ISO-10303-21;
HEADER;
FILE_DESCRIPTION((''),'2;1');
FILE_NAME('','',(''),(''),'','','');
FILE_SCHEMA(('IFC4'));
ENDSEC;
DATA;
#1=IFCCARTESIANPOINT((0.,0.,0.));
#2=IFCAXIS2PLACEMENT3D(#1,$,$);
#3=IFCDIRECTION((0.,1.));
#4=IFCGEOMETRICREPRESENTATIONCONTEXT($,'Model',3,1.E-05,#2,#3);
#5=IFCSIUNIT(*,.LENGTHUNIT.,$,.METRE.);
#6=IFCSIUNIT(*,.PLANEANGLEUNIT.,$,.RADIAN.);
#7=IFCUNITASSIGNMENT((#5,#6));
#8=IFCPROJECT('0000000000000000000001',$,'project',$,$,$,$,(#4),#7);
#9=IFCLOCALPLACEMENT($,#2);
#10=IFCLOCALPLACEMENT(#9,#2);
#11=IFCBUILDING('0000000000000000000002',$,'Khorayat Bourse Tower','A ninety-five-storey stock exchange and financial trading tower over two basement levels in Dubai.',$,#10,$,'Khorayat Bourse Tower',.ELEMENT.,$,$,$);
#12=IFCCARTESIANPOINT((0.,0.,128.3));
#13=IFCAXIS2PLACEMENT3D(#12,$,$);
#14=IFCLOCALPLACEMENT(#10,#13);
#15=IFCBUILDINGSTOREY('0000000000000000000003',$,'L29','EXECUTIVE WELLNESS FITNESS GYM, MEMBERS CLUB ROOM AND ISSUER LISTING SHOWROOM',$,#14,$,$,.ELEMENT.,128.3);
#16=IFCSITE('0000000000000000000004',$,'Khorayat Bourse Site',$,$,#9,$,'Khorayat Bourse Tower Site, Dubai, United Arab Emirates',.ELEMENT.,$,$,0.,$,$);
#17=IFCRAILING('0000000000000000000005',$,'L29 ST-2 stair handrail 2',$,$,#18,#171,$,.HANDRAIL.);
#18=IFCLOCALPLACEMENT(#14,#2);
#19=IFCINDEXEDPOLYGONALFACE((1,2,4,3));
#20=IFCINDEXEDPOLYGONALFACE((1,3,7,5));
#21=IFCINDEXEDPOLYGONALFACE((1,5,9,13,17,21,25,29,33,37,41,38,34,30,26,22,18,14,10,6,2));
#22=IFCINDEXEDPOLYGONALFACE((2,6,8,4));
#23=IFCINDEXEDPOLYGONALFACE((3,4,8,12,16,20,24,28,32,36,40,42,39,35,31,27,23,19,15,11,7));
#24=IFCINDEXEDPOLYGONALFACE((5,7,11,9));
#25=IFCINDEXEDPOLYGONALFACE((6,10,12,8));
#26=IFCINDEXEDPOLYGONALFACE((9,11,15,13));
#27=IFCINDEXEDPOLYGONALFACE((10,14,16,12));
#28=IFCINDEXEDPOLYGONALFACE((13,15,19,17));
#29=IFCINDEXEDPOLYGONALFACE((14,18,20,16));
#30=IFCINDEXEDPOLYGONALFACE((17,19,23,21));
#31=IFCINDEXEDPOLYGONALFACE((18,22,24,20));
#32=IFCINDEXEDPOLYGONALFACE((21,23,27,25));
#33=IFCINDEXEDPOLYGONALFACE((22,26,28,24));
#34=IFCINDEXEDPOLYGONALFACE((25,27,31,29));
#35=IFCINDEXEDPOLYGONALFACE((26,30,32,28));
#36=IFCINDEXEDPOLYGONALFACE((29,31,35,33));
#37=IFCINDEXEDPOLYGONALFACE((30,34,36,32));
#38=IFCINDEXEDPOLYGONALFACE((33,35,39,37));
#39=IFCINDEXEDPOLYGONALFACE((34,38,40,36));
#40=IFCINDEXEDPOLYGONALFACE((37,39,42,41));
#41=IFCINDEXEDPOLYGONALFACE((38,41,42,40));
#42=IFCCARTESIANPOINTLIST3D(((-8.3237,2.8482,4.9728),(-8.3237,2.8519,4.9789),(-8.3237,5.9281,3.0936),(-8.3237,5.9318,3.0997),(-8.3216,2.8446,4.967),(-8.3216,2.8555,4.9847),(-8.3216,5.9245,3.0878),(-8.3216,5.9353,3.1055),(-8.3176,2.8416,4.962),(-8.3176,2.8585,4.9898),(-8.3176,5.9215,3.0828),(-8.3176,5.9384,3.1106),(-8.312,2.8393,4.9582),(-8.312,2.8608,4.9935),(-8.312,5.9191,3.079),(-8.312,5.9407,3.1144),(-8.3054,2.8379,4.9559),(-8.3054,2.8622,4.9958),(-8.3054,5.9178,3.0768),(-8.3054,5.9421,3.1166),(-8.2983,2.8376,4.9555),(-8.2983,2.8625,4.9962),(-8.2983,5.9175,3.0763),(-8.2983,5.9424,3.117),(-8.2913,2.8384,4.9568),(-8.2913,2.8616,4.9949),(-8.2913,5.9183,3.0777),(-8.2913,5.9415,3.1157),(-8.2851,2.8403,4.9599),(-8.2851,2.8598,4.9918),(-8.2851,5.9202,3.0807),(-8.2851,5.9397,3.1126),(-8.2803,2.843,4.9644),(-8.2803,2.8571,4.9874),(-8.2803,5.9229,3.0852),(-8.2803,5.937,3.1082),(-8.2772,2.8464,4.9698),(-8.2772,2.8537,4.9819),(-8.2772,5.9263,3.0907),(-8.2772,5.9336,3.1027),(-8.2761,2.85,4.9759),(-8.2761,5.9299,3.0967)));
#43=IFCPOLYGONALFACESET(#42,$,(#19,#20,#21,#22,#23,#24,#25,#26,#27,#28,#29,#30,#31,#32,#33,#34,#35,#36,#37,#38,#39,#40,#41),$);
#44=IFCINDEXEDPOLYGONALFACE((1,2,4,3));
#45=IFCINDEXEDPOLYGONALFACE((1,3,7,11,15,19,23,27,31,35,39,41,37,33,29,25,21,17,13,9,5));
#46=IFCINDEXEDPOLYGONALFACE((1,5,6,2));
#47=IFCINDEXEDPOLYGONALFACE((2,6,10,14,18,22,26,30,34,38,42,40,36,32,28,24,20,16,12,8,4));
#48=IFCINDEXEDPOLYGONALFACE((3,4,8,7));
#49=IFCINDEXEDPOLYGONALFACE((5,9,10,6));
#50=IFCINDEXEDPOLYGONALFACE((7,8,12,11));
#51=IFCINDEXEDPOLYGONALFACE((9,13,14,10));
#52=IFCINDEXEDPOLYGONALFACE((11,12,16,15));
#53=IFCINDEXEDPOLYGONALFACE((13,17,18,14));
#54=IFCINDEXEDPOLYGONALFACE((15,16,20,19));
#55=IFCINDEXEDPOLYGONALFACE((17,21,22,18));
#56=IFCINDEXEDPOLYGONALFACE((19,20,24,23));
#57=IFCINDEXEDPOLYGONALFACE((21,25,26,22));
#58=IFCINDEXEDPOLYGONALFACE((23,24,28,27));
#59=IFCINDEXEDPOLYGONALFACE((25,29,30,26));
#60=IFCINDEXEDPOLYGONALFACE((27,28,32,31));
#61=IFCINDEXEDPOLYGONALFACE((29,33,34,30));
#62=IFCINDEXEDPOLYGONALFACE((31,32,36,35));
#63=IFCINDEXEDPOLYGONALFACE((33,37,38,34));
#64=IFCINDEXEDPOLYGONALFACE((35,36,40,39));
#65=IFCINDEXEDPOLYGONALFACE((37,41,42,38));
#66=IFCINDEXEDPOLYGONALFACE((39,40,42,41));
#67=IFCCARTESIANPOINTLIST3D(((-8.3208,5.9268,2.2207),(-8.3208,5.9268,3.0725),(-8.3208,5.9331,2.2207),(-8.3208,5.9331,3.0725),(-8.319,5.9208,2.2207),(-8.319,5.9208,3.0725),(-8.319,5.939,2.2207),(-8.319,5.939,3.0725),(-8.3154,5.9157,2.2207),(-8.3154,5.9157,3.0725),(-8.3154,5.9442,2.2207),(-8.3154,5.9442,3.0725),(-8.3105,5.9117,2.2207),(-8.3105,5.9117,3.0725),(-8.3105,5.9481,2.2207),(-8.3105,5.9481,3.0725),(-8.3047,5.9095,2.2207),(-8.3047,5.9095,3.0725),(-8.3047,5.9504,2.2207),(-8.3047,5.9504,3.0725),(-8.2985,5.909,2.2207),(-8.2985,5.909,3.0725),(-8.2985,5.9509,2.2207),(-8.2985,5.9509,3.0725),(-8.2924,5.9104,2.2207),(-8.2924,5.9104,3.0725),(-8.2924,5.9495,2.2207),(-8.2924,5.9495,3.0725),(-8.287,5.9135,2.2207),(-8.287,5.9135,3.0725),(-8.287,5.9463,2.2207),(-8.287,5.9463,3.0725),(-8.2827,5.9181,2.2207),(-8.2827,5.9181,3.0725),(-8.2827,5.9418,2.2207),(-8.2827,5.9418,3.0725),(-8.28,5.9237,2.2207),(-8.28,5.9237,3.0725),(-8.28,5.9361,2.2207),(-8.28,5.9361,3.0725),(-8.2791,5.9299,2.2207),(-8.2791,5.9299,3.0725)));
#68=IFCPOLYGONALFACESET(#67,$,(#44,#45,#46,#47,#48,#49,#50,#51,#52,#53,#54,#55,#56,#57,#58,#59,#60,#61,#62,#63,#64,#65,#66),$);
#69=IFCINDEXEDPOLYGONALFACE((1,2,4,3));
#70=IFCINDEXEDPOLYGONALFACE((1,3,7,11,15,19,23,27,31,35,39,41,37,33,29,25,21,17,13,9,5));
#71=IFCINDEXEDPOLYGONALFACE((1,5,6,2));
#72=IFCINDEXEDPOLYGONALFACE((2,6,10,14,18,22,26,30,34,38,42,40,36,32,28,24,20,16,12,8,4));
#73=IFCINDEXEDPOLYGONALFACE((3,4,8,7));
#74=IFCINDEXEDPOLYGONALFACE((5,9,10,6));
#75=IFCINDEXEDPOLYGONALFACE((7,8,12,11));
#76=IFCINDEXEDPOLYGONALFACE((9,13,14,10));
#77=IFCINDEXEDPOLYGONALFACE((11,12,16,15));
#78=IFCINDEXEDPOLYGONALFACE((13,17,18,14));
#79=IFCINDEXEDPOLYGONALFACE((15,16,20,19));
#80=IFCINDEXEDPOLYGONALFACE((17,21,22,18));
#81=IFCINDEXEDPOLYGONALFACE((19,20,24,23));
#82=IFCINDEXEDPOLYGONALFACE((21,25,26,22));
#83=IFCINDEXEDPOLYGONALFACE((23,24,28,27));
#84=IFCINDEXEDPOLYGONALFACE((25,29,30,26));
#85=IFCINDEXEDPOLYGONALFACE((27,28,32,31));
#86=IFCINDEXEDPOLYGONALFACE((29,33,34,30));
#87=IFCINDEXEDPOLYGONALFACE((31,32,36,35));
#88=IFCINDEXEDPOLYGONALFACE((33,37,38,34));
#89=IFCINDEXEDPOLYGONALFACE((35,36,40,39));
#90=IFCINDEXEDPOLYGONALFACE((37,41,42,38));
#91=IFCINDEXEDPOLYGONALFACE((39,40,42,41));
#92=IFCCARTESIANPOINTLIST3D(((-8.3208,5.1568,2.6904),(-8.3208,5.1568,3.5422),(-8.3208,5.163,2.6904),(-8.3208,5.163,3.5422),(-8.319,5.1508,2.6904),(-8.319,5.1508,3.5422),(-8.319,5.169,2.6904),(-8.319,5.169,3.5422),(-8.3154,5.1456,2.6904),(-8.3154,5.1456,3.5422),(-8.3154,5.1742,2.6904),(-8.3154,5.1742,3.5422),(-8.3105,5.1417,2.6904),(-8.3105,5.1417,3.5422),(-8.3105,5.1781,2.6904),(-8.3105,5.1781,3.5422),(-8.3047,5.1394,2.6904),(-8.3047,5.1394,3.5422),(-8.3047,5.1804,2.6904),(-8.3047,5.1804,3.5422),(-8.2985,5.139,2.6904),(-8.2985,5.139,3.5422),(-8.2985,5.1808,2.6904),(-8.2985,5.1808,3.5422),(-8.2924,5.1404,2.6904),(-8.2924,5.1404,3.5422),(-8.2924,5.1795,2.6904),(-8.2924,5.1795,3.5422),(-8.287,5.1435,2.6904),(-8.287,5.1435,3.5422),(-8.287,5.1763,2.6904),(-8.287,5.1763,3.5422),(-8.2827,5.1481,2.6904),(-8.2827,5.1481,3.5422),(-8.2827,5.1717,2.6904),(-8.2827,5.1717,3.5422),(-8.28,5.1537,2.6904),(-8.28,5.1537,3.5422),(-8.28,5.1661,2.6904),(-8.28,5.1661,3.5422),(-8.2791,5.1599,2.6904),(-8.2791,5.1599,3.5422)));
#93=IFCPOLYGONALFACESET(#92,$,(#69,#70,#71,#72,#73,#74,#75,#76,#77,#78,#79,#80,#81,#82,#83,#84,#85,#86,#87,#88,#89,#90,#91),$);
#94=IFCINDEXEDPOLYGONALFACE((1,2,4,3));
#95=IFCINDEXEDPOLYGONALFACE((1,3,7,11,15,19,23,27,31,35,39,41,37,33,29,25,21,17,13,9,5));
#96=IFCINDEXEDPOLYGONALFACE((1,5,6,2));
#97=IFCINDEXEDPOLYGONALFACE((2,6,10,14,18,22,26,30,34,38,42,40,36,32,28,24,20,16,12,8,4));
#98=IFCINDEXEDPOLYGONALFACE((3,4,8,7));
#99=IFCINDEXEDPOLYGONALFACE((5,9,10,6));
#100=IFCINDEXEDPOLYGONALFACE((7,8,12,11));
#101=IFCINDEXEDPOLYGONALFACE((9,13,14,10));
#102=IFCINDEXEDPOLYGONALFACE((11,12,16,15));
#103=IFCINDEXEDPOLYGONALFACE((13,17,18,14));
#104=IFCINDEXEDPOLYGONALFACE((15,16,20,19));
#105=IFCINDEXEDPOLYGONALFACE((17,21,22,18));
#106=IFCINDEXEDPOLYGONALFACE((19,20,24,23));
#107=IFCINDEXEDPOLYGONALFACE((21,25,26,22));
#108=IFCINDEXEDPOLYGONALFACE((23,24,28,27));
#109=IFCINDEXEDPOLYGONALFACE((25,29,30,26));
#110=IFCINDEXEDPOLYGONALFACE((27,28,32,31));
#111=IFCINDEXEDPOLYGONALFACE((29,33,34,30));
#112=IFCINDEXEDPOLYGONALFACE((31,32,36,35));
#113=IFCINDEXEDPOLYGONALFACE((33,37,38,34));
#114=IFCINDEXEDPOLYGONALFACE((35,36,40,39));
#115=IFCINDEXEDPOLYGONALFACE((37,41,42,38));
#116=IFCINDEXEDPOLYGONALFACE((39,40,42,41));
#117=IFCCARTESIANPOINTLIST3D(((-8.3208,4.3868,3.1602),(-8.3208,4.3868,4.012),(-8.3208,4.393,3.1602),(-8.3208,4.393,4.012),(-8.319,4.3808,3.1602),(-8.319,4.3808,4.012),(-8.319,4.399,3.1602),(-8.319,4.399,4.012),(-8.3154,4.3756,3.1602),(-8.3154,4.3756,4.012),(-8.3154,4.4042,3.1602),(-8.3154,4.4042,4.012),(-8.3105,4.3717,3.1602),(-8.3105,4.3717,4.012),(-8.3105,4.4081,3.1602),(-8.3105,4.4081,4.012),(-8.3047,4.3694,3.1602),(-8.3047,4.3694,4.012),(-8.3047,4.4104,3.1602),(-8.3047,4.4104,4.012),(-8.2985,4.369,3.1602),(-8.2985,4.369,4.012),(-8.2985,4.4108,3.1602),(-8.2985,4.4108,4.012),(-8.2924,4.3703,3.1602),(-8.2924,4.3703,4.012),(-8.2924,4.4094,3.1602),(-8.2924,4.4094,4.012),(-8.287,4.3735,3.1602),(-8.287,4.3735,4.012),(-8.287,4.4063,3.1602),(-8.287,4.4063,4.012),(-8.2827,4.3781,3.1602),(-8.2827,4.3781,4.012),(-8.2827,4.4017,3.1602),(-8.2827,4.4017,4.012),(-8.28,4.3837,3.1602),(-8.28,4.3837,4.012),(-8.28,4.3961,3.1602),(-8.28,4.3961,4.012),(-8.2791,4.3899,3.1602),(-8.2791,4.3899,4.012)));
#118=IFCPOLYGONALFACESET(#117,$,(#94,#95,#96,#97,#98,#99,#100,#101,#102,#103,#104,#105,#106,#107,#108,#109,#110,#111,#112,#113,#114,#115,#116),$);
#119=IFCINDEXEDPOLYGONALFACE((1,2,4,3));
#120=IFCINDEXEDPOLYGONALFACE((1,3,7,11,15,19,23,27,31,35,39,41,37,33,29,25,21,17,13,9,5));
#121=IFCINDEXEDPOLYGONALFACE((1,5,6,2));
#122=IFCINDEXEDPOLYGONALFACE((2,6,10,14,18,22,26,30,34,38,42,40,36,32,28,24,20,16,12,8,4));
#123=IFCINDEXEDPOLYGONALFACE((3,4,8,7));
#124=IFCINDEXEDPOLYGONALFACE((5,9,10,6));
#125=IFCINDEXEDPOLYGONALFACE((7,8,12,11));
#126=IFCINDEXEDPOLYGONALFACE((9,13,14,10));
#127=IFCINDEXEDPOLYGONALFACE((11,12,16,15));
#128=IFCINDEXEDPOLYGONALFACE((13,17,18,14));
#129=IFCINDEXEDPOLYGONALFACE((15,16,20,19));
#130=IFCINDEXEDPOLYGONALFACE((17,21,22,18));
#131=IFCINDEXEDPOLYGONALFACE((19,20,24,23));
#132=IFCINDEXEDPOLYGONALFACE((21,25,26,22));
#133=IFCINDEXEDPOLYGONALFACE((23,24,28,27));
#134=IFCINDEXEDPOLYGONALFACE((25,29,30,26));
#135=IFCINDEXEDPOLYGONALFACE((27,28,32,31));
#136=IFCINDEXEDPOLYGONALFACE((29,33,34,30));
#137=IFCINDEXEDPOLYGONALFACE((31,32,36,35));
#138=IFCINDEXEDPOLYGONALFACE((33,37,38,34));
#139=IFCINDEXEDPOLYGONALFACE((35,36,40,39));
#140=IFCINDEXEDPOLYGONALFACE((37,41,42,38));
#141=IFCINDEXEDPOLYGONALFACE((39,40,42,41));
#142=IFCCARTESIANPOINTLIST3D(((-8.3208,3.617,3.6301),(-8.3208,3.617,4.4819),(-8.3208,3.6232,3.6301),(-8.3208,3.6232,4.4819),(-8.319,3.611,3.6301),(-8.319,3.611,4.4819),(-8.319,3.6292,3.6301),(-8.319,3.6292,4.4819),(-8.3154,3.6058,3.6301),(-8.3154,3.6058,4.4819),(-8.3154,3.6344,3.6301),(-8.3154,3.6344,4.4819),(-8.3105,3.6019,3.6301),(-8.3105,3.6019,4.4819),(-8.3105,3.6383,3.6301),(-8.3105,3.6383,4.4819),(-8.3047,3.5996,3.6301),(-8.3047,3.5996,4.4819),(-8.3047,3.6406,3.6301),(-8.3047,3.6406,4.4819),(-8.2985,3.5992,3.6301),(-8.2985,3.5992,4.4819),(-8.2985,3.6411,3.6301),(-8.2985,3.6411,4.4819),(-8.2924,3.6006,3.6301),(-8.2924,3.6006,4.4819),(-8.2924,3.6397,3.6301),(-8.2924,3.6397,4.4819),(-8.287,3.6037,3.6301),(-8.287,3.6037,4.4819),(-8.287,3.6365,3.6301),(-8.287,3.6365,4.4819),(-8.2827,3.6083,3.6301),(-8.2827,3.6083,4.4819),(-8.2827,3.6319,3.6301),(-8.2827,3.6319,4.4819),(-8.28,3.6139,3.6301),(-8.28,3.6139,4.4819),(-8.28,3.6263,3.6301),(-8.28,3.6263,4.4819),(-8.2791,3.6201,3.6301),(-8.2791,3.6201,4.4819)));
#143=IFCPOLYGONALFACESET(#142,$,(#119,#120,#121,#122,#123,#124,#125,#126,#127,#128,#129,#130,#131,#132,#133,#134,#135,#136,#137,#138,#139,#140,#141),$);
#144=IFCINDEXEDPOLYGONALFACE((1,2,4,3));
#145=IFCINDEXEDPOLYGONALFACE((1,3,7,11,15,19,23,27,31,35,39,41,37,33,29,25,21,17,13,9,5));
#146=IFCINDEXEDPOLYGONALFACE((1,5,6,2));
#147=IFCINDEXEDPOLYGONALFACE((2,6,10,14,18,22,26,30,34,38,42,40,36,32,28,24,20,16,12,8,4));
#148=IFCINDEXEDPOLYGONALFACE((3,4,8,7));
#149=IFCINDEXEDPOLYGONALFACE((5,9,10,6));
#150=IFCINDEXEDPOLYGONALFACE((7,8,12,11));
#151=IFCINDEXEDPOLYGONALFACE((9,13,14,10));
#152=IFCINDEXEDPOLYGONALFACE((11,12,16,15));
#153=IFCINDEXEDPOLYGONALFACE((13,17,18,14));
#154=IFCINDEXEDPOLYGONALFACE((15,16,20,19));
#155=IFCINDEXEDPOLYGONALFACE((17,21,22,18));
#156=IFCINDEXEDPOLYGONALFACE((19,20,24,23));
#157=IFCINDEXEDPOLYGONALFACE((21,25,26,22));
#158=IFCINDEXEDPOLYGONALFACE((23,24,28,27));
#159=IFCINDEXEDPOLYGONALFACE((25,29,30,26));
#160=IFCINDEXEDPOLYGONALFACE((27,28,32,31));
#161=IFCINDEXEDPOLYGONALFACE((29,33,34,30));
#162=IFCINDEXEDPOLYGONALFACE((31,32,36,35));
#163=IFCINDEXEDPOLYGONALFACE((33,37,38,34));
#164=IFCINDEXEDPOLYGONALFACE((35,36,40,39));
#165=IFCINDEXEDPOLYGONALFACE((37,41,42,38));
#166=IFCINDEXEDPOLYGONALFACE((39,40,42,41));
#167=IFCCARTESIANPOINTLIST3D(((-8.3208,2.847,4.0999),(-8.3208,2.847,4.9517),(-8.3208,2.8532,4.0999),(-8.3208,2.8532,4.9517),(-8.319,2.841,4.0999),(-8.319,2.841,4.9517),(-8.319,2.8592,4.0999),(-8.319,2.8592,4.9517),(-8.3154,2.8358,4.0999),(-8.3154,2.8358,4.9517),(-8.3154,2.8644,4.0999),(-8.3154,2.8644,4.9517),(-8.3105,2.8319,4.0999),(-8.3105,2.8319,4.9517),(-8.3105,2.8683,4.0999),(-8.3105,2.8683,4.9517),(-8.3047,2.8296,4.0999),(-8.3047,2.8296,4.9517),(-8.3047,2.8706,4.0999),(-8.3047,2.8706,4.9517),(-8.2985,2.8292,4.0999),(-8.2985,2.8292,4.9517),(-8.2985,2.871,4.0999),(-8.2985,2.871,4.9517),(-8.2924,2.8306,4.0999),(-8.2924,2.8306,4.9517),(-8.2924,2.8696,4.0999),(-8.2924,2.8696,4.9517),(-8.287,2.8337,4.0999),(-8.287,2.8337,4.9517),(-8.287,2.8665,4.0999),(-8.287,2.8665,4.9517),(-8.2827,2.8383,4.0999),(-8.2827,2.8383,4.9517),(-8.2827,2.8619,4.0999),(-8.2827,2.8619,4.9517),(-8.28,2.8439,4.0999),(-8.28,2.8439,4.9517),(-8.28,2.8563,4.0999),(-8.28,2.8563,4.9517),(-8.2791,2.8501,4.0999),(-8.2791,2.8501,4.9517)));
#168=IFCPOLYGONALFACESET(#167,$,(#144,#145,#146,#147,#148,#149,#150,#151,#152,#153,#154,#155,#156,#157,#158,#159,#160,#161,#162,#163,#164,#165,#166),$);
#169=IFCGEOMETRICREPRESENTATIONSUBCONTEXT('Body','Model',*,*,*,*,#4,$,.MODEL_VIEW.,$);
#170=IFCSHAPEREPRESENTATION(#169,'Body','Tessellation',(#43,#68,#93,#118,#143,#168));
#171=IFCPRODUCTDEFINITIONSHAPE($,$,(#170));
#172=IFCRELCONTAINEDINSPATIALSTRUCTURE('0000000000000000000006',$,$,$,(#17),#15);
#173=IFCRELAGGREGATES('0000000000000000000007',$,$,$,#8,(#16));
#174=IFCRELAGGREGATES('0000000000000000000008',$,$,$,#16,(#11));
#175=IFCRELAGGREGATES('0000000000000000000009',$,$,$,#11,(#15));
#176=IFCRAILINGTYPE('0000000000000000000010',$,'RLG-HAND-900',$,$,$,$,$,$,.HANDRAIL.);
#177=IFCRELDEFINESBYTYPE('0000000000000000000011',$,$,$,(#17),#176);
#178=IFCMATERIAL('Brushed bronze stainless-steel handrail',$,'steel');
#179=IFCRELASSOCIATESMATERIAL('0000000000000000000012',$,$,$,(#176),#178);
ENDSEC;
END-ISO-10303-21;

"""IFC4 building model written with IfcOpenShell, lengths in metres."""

from ifc_helpers import new_model, si_unit, direction, frame, origin, origin_2d, place, context, subcontext, project, spatial, circle, extrude, source, transform, mapped, material, type_object, element, save


model = new_model("IFC4")

# Units and contexts
model_context = context("Model", 3, precision=1e-05, world=origin(), true_north=direction((0.0, 1.0)))
body_context = subcontext(model_context, "Body", "Model", "MODEL_VIEW")
ifc_project = project(units=[si_unit("LENGTHUNIT", "METRE"), si_unit("PLANEANGLEUNIT", "RADIAN")], contexts=[model_context])

# Site, building, storey
site_placement = place(None, origin())
site = spatial("IfcSite", under=ifc_project, at=site_placement, Name="Khorayat Bourse Site", LongName="Khorayat Bourse Tower Site, Dubai, United Arab Emirates", CompositionType="ELEMENT", RefElevation=0.0)
building_placement = place(site_placement, origin())
building = spatial("IfcBuilding", under=site, at=building_placement, Name="Khorayat Bourse Tower", Description="A ninety-five-storey stock exchange and financial trading tower over two basement levels in Dubai.", LongName="Khorayat Bourse Tower", CompositionType="ELEMENT")
storey_placement = place(building_placement, frame((0.0, 0.0, 128.3)))
storey = spatial("IfcBuildingStorey", under=building, at=storey_placement, Name="L29", Description="EXECUTIVE WELLNESS FITNESS GYM, MEMBERS CLUB ROOM AND ISSUER LISTING SHOWROOM", CompositionType="ELEMENT", Elevation=128.3)

# Railing
ifc_material_1 = material(Name="Brushed bronze stainless-steel handrail", Category="steel")
railing_type_1 = type_object("IfcRailingType", Name="RLG-HAND-900", PredefinedType="HANDRAIL", material=ifc_material_1)
shared_shape_1 = source(origin(), body_context, "Body", "SweptSolid", [
    extrude(circle(Radius=0.0239, at=origin_2d()), frame((0.0, 0.0, 0.876), z_axis=(0.0, -0.853648, 0.52085), x_axis=(1.0, 0.0, 0.0)), (0.0, 0.0, 1.0), 3.6079),
    extrude(circle(Radius=0.021, at=origin_2d()), origin(), (0.0, 0.0, 1.0), 0.8518),
    extrude(circle(Radius=0.021, at=origin_2d()), frame((0.0, -0.77, 0.4697)), (0.0, 0.0, 1.0), 0.8518),
    extrude(circle(Radius=0.021, at=origin_2d()), frame((0.0, -1.54, 0.9395)), (0.0, 0.0, 1.0), 0.8518),
    extrude(circle(Radius=0.021, at=origin_2d()), frame((0.0, -2.3098, 1.4094)), (0.0, 0.0, 1.0), 0.8518),
    extrude(circle(Radius=0.021, at=origin_2d()), frame((0.0, -3.0798, 1.8792)), (0.0, 0.0, 1.0), 0.8518),
])
railing_1_placement = place(storey_placement, frame((-8.3, 5.9299, 2.2207)))
element("IfcRailing", 1, at=railing_1_placement, inside=storey, type_object=railing_type_1, Name="L29 ST-2 stair handrail 2", PredefinedType="HANDRAIL", context=body_context, shape_type="MappedRepresentation", body=[
    mapped(shared_shape_1, transform((0.0, 0.0, 0.0), scale=1.0)),
])

save(model, "model.ifc")
